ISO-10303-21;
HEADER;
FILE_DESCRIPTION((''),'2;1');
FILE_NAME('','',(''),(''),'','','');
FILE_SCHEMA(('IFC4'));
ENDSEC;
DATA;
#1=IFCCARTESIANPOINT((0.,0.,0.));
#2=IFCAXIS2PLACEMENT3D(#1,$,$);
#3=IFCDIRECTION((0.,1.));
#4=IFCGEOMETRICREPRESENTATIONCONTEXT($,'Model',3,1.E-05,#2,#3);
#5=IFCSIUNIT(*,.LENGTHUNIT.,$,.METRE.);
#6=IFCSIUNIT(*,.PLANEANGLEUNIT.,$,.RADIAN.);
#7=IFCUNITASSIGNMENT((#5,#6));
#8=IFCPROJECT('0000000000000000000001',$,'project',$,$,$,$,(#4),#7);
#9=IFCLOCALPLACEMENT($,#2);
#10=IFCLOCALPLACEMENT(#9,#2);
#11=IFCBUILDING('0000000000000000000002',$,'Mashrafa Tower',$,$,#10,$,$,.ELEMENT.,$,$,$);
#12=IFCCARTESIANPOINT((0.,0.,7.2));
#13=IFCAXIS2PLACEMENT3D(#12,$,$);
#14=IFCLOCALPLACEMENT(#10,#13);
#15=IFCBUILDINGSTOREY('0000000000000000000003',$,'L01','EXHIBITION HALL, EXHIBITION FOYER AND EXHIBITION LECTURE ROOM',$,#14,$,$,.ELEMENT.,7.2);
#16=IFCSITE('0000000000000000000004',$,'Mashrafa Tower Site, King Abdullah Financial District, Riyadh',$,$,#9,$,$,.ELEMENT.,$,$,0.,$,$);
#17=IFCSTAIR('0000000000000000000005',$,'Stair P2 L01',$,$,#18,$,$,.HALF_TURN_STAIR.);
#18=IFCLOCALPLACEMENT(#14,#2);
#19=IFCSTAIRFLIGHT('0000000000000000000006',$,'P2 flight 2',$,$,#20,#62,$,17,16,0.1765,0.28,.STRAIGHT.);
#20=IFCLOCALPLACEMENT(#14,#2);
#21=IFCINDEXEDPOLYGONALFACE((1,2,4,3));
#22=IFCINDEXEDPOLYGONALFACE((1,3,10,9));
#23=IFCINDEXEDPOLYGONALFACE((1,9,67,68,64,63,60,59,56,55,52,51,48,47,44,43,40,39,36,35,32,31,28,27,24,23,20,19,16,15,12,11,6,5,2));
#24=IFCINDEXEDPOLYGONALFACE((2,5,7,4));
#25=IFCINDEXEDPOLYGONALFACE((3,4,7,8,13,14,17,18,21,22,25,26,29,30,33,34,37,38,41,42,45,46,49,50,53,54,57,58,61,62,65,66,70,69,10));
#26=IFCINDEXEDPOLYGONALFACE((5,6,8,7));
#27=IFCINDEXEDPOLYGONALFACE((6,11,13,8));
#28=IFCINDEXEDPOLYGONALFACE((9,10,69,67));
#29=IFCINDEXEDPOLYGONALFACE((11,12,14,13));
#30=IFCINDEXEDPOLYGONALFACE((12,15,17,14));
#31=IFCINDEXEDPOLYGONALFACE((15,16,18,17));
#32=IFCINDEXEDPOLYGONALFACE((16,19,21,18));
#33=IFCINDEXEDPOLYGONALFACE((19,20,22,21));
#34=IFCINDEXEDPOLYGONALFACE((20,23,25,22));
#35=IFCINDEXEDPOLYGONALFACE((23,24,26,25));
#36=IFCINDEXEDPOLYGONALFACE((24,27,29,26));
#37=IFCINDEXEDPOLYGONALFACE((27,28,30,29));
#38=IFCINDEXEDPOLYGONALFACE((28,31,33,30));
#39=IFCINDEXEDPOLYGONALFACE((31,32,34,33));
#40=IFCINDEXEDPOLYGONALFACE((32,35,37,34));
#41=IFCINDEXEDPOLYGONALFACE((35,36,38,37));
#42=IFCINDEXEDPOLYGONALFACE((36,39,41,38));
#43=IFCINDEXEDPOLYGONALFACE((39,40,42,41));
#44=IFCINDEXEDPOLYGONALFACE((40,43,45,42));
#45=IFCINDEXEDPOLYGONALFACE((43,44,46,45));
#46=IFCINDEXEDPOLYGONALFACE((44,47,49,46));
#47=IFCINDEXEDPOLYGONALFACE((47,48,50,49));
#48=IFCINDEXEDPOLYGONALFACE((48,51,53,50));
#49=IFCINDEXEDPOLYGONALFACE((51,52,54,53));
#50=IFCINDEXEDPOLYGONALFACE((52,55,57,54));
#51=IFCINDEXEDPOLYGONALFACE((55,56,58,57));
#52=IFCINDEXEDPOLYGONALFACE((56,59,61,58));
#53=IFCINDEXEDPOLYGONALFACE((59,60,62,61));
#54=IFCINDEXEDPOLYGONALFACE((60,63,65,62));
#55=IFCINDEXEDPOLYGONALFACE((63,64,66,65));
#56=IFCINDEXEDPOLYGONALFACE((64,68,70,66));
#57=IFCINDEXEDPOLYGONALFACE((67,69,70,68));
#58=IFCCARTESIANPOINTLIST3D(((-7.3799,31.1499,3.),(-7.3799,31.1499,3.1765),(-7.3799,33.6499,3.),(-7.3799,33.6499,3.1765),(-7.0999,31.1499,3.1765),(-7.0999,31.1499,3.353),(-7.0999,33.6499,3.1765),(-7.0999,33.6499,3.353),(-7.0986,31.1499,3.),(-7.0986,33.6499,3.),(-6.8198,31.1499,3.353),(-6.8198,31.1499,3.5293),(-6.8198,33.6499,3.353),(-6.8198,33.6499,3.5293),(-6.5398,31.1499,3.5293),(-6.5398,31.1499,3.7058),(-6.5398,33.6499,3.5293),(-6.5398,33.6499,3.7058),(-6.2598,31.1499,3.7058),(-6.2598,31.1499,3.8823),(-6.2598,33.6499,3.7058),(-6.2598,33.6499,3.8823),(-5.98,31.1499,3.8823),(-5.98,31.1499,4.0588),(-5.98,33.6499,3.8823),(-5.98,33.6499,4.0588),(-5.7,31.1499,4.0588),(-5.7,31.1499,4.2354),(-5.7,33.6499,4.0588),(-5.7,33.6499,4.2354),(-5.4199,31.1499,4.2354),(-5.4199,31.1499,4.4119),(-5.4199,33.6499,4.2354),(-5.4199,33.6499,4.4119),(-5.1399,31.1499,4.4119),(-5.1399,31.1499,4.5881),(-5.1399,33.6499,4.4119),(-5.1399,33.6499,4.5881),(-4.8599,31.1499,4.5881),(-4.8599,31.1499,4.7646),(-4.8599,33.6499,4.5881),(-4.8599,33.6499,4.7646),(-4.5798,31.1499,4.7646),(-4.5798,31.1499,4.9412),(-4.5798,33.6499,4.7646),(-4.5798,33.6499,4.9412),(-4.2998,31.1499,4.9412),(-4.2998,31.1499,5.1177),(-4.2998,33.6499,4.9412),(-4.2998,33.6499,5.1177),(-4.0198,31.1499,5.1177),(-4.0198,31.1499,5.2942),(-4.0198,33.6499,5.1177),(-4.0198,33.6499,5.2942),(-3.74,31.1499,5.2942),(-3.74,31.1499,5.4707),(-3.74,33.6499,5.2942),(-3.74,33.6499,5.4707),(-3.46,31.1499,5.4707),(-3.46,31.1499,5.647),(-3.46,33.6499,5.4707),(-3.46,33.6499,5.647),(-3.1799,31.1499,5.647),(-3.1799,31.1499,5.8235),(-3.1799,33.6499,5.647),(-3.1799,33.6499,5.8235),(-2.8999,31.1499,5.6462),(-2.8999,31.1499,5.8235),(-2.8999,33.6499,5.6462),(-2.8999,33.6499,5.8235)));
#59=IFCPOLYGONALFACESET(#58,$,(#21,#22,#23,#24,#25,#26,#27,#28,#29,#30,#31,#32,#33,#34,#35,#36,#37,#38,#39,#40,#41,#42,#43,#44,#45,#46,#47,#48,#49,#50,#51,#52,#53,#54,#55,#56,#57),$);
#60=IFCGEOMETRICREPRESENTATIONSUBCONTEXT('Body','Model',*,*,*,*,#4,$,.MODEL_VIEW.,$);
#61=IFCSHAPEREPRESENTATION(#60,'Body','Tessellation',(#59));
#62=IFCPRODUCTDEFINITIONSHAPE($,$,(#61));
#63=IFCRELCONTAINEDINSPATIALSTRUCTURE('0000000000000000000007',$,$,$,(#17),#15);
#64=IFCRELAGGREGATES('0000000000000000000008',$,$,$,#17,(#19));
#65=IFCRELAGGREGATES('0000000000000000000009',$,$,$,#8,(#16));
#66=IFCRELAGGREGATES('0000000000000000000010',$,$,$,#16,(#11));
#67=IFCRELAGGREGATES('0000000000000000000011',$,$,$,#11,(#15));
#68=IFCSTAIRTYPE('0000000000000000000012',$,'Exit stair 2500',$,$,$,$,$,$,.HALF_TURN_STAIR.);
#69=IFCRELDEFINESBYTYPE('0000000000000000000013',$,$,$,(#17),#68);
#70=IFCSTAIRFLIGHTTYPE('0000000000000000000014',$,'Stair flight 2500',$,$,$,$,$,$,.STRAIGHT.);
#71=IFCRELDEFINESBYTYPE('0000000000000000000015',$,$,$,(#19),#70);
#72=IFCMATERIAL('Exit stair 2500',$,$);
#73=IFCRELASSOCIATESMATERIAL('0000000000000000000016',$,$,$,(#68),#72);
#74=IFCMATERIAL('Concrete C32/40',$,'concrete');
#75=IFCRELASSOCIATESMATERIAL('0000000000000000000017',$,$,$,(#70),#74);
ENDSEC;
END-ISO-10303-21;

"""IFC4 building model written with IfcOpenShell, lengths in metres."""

from ifc_helpers import new_model, si_unit, direction, frame, origin, place, context, subcontext, project, spatial, polyline, outline, extrude, material, type_object, element, aggregate, save


model = new_model("IFC4")

# Units and contexts
model_context = context("Model", 3, precision=1e-05, world=origin(), true_north=direction((0.0, 1.0)))
body_context = subcontext(model_context, "Body", "Model", "MODEL_VIEW")
ifc_project = project(units=[si_unit("LENGTHUNIT", "METRE"), si_unit("PLANEANGLEUNIT", "RADIAN")], contexts=[model_context])

# Site, building, storey
site_placement = place(None, origin())
site = spatial("IfcSite", under=ifc_project, at=site_placement, Name="Mashrafa Tower Site, King Abdullah Financial District, Riyadh", CompositionType="ELEMENT", RefElevation=0.0)
building_placement = place(site_placement, origin())
building = spatial("IfcBuilding", under=site, at=building_placement, Name="Mashrafa Tower", CompositionType="ELEMENT")
storey_placement = place(building_placement, frame((0.0, 0.0, 7.2)))
storey = spatial("IfcBuildingStorey", under=building, at=storey_placement, Name="L01", Description="EXHIBITION HALL, EXHIBITION FOYER AND EXHIBITION LECTURE ROOM", CompositionType="ELEMENT", Elevation=7.2)

# Stair, stair flight
ifc_material_1 = material(Name="Exit stair 2500")
stair_type = type_object("IfcStairType", Name="Exit stair 2500", PredefinedType="HALF_TURN_STAIR", material=ifc_material_1)
stair_placement = place(storey_placement, origin())
stair = element("IfcStair", 1, at=stair_placement, inside=storey, type_object=stair_type, Name="Stair P2 L01", PredefinedType="HALF_TURN_STAIR")
ifc_material_2 = material(Name="Concrete C32/40", Category="concrete")
stair_flight_type = type_object("IfcStairFlightType", Name="Stair flight 2500", PredefinedType="STRAIGHT", material=ifc_material_2)
stair_flight_1_placement = place(storey_placement, frame((-7.3799, 32.3999, 3.0), z_axis=(0.0, 0.0, 1.0), x_axis=(1.0, 0.0, 0.0)))
stair_flight_1 = element("IfcStairFlight", 2, at=stair_flight_1_placement, type_object=stair_flight_type, Name="P2 flight 2", NumberOfRisers=17, NumberOfTreads=16, PredefinedType="STRAIGHT", RiserHeight=0.1765, TreadLength=0.28, context=body_context, shape_type="SweptSolid", body=[
    extrude(outline(polyline([(0.0, 0.0), (0.0, 0.1765), (0.28, 0.1765), (0.28, 0.353), (0.5601, 0.353), (0.5601, 0.5293), (0.8401, 0.5293), (0.8401, 0.7058), (1.1201, 0.7058), (1.1201, 0.8823), (1.3999, 0.8823), (1.3999, 1.0588), (1.6799, 1.0588), (1.6799, 1.2354), (1.96, 1.2354), (1.96, 1.4119), (2.24, 1.4119), (2.24, 1.5881), (2.52, 1.5881), (2.52, 1.7646), (2.8, 1.7646), (2.8, 1.9412), (3.0801, 1.9412), (3.0801, 2.1177), (3.3601, 2.1177), (3.3601, 2.2942), (3.6399, 2.2942), (3.6399, 2.4707), (3.9199, 2.4707), (3.9199, 2.647), (4.2, 2.647), (4.2, 2.8235), (4.48, 2.8235), (4.48, 3.0), (4.48, 2.6462), (0.2812, 0.0), (0.0, 0.0)])), frame((0.0, 1.25, 0.0), z_axis=(0.0, -1.0, 0.0), x_axis=(1.0, 0.0, 0.0)), (0.0, 0.0, 1.0), 2.5),
])
aggregate(stair, [stair_flight_1])

save(model, "model.ifc")
